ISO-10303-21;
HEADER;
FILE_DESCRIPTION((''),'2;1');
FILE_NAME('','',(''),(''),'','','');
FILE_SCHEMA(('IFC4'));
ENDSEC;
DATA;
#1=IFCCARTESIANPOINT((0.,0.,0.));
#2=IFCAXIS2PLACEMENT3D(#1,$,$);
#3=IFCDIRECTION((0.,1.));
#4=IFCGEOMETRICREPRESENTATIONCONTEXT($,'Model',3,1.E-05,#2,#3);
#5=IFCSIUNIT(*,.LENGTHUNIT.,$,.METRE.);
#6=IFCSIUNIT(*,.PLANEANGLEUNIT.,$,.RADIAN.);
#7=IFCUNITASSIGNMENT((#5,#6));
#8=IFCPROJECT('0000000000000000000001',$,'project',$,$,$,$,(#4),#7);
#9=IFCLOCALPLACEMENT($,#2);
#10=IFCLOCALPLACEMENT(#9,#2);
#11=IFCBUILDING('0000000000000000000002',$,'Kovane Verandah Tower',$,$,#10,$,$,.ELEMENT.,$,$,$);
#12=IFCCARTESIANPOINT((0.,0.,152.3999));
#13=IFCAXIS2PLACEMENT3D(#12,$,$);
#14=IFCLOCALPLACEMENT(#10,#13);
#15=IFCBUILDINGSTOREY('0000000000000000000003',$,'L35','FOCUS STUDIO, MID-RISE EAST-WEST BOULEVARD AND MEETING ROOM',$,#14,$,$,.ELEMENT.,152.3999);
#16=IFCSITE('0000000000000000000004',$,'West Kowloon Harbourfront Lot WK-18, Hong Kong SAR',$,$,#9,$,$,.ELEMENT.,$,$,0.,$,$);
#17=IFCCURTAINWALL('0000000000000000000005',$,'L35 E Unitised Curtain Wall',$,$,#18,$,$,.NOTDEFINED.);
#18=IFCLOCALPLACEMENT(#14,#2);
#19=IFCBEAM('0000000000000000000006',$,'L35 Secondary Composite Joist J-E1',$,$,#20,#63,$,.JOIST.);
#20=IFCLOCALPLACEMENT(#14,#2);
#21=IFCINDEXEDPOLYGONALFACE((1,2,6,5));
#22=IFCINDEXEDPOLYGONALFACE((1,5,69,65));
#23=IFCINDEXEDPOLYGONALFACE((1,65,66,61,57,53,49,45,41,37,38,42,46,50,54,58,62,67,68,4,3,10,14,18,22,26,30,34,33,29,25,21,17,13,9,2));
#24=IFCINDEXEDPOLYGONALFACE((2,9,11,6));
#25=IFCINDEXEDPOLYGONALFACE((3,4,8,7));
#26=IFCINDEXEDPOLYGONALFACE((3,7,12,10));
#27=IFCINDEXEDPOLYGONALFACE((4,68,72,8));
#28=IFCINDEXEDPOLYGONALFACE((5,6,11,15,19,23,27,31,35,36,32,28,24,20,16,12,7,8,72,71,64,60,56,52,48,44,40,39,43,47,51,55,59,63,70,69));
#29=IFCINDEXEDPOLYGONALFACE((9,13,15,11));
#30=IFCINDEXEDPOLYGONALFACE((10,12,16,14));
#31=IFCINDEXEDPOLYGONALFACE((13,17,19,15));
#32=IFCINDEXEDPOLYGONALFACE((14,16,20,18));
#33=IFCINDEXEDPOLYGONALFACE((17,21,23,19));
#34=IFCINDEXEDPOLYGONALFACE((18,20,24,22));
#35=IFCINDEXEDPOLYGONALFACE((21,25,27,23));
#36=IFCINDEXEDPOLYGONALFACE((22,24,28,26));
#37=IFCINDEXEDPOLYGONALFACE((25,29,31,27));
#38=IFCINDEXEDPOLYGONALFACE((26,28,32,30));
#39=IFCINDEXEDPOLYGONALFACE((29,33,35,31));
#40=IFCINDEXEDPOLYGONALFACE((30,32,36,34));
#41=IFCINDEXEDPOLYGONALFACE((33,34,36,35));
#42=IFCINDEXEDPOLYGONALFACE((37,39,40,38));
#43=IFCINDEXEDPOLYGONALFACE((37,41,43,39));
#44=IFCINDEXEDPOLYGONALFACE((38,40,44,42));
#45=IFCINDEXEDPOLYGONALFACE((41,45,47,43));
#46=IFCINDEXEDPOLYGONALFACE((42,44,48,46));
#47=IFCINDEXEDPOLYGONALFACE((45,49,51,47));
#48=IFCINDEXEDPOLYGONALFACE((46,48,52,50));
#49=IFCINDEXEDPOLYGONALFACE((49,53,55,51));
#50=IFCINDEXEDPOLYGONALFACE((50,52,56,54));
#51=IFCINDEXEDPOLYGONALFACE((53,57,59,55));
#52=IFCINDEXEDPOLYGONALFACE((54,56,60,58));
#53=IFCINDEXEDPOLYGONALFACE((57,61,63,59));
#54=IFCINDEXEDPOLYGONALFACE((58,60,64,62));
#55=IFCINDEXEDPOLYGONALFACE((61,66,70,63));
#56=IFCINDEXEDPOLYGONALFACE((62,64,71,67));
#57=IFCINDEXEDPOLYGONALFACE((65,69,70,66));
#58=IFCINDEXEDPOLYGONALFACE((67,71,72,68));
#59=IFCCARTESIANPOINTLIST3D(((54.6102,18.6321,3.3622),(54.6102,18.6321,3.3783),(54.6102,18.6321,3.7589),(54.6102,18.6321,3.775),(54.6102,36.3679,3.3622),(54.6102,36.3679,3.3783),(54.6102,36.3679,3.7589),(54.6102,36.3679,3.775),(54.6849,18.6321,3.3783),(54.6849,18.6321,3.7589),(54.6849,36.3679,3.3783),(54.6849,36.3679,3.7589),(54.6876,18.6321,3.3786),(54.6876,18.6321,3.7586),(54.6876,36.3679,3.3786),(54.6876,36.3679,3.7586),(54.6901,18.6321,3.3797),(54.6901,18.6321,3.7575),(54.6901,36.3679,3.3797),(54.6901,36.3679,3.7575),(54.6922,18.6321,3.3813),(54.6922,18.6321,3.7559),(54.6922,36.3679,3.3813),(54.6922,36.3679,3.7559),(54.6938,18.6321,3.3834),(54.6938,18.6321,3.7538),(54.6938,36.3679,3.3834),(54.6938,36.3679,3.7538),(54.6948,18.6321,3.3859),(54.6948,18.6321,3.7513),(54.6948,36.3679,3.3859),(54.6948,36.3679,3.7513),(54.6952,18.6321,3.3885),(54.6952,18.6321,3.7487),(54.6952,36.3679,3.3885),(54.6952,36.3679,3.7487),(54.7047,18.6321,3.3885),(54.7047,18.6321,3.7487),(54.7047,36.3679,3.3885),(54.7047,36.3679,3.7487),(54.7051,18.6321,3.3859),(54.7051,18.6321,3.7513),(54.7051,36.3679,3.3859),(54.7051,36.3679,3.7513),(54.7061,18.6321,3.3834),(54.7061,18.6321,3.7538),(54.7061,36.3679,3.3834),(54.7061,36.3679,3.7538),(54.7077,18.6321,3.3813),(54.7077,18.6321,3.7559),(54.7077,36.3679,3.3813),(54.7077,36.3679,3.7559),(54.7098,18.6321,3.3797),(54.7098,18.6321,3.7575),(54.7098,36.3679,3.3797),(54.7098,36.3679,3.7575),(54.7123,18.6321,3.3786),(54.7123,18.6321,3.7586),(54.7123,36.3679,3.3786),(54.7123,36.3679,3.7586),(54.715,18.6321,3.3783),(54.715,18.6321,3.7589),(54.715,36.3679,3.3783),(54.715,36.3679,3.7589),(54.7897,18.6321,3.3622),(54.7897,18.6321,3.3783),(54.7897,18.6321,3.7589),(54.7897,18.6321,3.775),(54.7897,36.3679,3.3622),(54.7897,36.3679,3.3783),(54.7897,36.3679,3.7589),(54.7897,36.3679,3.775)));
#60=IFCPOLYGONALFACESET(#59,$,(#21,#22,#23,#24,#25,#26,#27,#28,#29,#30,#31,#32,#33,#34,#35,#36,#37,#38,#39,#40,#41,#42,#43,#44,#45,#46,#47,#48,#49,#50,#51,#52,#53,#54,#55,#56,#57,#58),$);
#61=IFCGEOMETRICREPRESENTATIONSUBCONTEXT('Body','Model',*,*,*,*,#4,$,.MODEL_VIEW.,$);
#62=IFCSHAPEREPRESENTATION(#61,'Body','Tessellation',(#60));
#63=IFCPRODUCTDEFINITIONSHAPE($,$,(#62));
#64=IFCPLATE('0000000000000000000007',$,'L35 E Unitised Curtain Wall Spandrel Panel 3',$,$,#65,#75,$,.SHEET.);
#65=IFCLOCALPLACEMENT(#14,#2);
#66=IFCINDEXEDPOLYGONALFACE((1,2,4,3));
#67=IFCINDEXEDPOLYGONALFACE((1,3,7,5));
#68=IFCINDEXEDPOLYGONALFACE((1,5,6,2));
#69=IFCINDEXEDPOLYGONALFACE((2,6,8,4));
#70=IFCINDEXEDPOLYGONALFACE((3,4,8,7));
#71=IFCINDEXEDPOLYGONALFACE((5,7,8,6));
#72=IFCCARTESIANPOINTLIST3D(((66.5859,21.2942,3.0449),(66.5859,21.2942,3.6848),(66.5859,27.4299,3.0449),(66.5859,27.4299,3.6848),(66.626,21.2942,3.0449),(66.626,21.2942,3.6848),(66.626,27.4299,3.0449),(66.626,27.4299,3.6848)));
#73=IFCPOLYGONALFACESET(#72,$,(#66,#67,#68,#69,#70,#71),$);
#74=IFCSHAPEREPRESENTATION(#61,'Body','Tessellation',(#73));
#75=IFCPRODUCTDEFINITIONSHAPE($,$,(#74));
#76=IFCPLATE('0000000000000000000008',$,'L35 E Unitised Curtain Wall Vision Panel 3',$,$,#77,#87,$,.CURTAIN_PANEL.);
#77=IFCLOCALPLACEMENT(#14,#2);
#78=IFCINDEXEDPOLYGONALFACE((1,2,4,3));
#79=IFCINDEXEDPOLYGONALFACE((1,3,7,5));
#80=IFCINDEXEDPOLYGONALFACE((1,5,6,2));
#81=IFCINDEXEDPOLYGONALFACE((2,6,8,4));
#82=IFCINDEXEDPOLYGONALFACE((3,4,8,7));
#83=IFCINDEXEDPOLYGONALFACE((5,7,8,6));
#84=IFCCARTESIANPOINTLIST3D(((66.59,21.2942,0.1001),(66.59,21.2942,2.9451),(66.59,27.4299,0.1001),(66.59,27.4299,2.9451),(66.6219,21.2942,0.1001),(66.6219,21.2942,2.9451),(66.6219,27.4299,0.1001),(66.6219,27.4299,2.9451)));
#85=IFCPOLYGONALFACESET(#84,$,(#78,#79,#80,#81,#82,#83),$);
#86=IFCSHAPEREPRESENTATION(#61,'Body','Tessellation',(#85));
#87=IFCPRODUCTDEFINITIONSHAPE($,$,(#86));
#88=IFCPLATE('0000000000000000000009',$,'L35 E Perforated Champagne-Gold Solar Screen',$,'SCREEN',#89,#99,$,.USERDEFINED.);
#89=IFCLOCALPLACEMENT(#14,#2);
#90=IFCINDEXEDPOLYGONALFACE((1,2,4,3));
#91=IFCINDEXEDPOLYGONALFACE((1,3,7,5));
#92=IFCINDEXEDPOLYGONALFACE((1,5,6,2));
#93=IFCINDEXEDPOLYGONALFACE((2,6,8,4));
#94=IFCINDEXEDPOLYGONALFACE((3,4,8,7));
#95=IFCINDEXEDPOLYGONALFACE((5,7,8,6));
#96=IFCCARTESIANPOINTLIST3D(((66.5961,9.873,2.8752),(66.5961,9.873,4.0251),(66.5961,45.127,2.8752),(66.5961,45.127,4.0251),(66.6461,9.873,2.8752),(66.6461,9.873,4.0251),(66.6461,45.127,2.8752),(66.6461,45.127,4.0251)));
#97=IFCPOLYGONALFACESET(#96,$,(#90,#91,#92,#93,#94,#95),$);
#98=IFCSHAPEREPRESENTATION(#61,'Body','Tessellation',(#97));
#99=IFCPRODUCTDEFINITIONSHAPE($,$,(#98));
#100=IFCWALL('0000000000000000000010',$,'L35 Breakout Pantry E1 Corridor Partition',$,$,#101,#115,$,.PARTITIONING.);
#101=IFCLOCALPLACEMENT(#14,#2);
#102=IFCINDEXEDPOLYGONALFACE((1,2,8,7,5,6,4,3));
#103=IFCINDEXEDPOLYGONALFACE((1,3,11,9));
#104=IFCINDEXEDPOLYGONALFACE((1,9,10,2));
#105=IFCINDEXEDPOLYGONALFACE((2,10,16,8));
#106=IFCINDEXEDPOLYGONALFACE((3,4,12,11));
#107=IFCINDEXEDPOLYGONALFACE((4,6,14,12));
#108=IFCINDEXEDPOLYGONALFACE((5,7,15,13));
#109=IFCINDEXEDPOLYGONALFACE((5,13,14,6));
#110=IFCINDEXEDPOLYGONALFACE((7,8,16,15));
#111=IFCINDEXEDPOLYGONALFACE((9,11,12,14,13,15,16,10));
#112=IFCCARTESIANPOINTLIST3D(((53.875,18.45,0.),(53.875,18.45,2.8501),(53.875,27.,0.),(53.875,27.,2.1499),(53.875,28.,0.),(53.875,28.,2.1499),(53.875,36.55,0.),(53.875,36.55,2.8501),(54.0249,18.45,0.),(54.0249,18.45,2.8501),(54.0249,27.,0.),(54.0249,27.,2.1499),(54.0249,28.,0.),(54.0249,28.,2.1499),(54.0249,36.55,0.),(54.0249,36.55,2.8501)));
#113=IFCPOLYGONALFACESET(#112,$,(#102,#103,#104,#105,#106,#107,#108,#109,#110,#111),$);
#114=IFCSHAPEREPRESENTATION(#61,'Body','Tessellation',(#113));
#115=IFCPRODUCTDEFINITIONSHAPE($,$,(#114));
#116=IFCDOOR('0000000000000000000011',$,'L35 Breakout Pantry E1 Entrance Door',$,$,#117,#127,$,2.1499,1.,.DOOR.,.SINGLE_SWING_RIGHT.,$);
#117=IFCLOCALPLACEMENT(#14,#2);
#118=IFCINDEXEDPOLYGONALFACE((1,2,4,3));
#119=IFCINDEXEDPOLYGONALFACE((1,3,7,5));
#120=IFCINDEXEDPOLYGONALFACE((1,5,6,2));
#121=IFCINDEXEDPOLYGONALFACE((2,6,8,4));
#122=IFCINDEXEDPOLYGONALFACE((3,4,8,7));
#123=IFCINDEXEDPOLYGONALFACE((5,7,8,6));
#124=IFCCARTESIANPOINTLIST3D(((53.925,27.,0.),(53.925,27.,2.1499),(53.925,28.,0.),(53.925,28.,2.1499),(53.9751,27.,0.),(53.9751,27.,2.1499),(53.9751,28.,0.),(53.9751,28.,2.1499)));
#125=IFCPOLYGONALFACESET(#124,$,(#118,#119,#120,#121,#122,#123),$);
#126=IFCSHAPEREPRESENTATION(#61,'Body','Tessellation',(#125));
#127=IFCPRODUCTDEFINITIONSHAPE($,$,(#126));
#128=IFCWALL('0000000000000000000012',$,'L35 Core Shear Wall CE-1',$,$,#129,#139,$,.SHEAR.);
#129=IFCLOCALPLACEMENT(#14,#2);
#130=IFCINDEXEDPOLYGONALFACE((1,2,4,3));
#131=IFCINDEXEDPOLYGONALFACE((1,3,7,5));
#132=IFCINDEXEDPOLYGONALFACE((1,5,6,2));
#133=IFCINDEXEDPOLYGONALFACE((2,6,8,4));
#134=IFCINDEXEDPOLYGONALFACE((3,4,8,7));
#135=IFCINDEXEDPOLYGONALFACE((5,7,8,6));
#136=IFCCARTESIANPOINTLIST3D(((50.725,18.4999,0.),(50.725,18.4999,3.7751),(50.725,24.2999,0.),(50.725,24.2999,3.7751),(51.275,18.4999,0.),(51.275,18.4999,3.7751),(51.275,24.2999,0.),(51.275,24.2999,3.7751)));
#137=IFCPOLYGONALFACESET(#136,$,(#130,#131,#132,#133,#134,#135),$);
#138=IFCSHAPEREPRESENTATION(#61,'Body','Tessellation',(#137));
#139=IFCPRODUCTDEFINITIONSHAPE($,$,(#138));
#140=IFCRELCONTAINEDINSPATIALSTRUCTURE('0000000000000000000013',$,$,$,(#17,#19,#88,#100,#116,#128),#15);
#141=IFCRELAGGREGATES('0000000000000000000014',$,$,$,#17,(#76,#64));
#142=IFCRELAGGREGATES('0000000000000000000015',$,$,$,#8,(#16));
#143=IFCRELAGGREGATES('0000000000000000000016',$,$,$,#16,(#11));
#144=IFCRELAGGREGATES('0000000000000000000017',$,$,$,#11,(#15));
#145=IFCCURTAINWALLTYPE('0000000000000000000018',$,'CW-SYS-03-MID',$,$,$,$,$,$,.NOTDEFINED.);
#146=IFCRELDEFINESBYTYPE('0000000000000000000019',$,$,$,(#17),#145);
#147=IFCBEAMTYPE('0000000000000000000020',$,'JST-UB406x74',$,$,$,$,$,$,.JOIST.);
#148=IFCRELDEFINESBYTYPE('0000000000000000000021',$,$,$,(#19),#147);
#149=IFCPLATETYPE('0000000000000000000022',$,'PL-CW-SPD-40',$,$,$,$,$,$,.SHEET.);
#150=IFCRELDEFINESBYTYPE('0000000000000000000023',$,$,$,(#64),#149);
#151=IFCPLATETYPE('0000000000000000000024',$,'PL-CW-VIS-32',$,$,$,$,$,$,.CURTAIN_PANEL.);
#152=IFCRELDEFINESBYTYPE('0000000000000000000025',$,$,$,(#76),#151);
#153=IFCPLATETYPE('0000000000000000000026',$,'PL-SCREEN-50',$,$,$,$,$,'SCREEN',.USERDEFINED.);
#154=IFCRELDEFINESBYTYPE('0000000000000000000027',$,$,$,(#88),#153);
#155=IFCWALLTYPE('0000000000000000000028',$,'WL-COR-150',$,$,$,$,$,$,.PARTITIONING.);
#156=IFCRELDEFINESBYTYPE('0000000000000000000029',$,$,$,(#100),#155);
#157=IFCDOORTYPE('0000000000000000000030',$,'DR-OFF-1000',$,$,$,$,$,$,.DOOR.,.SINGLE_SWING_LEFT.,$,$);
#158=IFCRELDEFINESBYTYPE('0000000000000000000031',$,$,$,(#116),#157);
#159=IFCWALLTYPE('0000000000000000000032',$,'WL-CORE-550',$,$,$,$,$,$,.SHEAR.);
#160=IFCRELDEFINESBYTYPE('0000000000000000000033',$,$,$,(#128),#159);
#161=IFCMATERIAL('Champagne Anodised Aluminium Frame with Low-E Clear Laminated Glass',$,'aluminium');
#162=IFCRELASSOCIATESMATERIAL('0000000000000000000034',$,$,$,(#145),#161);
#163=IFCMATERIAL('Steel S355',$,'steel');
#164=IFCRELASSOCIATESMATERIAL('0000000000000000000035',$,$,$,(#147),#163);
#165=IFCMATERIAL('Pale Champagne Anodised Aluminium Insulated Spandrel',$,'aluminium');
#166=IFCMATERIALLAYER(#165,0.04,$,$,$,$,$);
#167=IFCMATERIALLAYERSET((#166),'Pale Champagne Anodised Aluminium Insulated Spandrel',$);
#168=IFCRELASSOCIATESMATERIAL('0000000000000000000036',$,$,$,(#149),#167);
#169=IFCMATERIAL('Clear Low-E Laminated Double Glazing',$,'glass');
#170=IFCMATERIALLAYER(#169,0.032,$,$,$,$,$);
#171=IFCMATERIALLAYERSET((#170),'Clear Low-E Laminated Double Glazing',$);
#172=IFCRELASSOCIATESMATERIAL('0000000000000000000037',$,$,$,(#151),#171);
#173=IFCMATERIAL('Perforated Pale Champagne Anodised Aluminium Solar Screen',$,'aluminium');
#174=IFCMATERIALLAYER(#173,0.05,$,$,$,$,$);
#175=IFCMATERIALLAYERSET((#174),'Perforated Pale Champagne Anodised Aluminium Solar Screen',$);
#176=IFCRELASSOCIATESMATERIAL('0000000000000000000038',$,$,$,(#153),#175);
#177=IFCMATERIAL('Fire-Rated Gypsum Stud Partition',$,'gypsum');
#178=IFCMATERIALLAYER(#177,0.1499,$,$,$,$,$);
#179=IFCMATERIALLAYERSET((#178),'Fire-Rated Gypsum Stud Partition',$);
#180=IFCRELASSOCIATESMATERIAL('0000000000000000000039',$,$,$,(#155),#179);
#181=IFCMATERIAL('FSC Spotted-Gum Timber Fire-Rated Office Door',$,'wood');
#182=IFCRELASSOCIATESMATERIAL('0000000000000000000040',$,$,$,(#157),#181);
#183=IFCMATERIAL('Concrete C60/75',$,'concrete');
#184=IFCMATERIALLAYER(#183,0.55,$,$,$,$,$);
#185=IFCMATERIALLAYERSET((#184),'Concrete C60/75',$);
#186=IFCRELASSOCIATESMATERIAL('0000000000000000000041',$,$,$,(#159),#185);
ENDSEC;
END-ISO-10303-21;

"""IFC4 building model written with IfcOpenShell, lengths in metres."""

from ifc_helpers import new_model, si_unit, direction, frame, frame_2d, origin, origin_2d, place, context, subcontext, project, spatial, rectangle, i_section, extrude, material, layer, layer_set, material_profile, profile_set, type_object, element, fill, aggregate, save


model = new_model("IFC4")

# Units and contexts
model_context = context("Model", 3, precision=1e-05, world=origin(), true_north=direction((0.0, 1.0)))
body_context = subcontext(model_context, "Body", "Model", "MODEL_VIEW")
ifc_project = project(units=[si_unit("LENGTHUNIT", "METRE"), si_unit("PLANEANGLEUNIT", "RADIAN")], contexts=[model_context])

# Site, building, storey
site_placement = place(None, origin())
site = spatial("IfcSite", under=ifc_project, at=site_placement, Name="West Kowloon Harbourfront Lot WK-18, Hong Kong SAR", CompositionType="ELEMENT", RefElevation=0.0)
building_placement = place(site_placement, origin())
building = spatial("IfcBuilding", under=site, at=building_placement, Name="Kovane Verandah Tower", CompositionType="ELEMENT")
storey_placement = place(building_placement, frame((0.0, 0.0, 152.3999)))
storey = spatial("IfcBuildingStorey", under=building, at=storey_placement, Name="L35", Description="FOCUS STUDIO, MID-RISE EAST-WEST BOULEVARD AND MEETING ROOM", CompositionType="ELEMENT", Elevation=152.3999)

# Shared definitions
ifc_material_1 = material(Name="Concrete C60/75", Category="concrete")
ifc_material_2 = material(Name="Steel S355", Category="steel")

# Curtain wall
ifc_material_3 = material(Name="Champagne Anodised Aluminium Frame with Low-E Clear Laminated Glass", Category="aluminium")
curtain_wall_type = type_object("IfcCurtainWallType", Name="CW-SYS-03-MID", PredefinedType="NOTDEFINED", material=ifc_material_3)
curtain_wall_placement = place(storey_placement, origin())
curtain_wall = element("IfcCurtainWall", 1, at=curtain_wall_placement, inside=storey, type_object=curtain_wall_type, Name="L35 E Unitised Curtain Wall", PredefinedType="NOTDEFINED")

# Beam
ifc_material_profile_1 = material_profile(ifc_material_2, i_section(OverallWidth=0.1794, OverallDepth=0.4128, WebThickness=0.0095, FlangeThickness=0.0161, FilletRadius=0.0103, at=origin_2d()), Name="UB406x178x74")
ifc_profile_set_1 = profile_set([ifc_material_profile_1], Name="Steel S355")
beam_type_1 = type_object("IfcBeamType", Name="JST-UB406x74", PredefinedType="JOIST", material=ifc_profile_set_1)
beam_1_placement = place(storey_placement, frame((54.7, 18.6321, 3.5686), z_axis=(0.0, 1.0, 0.0), x_axis=(-1.0, 0.0, 0.0)))
element("IfcBeam", 2, at=beam_1_placement, inside=storey, type_object=beam_type_1, Name="L35 Secondary Composite Joist J-E1", PredefinedType="JOIST", context=body_context, shape_type="SweptSolid", body=[
    extrude(i_section(OverallWidth=0.1794, OverallDepth=0.4128, WebThickness=0.0095, FlangeThickness=0.0161, FilletRadius=0.0103, at=origin_2d()), origin(), (0.0, 0.0, 1.0), 17.7358),
])

# Plates
ifc_material_4 = material(Name="Pale Champagne Anodised Aluminium Insulated Spandrel", Category="aluminium")
ifc_layer_1 = layer(ifc_material_4, 0.04)
ifc_layer_set_1 = layer_set([ifc_layer_1], Name="Pale Champagne Anodised Aluminium Insulated Spandrel")
plate_type_1 = type_object("IfcPlateType", Name="PL-CW-SPD-40", PredefinedType="SHEET", material=ifc_layer_set_1)
plate_1_placement = place(storey_placement, frame((66.606, 24.3621, 3.0449), z_axis=(0.0, 0.0, 1.0), x_axis=(0.0, 1.0, 0.0)))
plate_1 = element("IfcPlate", 3, at=plate_1_placement, type_object=plate_type_1, Name="L35 E Unitised Curtain Wall Spandrel Panel 3", PredefinedType="SHEET", context=body_context, shape_type="SweptSolid", body=[
    extrude(rectangle(XDim=6.1357, YDim=0.04, at=origin_2d()), origin(), (0.0, 0.0, 1.0), 0.6399),
])
ifc_material_5 = material(Name="Clear Low-E Laminated Double Glazing", Category="glass")
ifc_layer_2 = layer(ifc_material_5, 0.032)
ifc_layer_set_2 = layer_set([ifc_layer_2], Name="Clear Low-E Laminated Double Glazing")
plate_type_2 = type_object("IfcPlateType", Name="PL-CW-VIS-32", PredefinedType="CURTAIN_PANEL", material=ifc_layer_set_2)
plate_2_placement = place(storey_placement, frame((66.606, 24.3621, 0.1001), z_axis=(0.0, 0.0, 1.0), x_axis=(0.0, 1.0, 0.0)))
plate_2 = element("IfcPlate", 4, at=plate_2_placement, type_object=plate_type_2, Name="L35 E Unitised Curtain Wall Vision Panel 3", PredefinedType="CURTAIN_PANEL", context=body_context, shape_type="SweptSolid", body=[
    extrude(rectangle(XDim=6.1357, YDim=0.032, at=origin_2d()), origin(), (0.0, 0.0, 1.0), 2.845),
])
aggregate(curtain_wall, [plate_2, plate_1])
ifc_material_6 = material(Name="Perforated Pale Champagne Anodised Aluminium Solar Screen", Category="aluminium")
ifc_layer_3 = layer(ifc_material_6, 0.05)
ifc_layer_set_3 = layer_set([ifc_layer_3], Name="Perforated Pale Champagne Anodised Aluminium Solar Screen")
plate_type_3 = type_object("IfcPlateType", Name="PL-SCREEN-50", ElementType="SCREEN", PredefinedType="USERDEFINED", material=ifc_layer_set_3)
plate_3_placement = place(storey_placement, frame((66.6211, 27.5, 2.8752), z_axis=(0.0, 0.0, 1.0), x_axis=(0.0, 1.0, 0.0)))
element("IfcPlate", 5, at=plate_3_placement, inside=storey, type_object=plate_type_3, Name="L35 E Perforated Champagne-Gold Solar Screen", ObjectType="SCREEN", PredefinedType="USERDEFINED", context=body_context, shape_type="SweptSolid", body=[
    extrude(rectangle(XDim=35.2539, YDim=0.05, at=origin_2d()), origin(), (0.0, 0.0, 1.0), 1.1499),
])

# Wall, opening, door
ifc_material_7 = material(Name="Fire-Rated Gypsum Stud Partition", Category="gypsum")
ifc_layer_4 = layer(ifc_material_7, 0.1499)
ifc_layer_set_4 = layer_set([ifc_layer_4], Name="Fire-Rated Gypsum Stud Partition")
wall_type_1 = type_object("IfcWallType", Name="WL-COR-150", PredefinedType="PARTITIONING", material=ifc_layer_set_4)
wall_1_placement = place(storey_placement, frame((53.95, 18.45, 0.0), z_axis=(0.0, 0.0, 1.0), x_axis=(0.0, 1.0, 0.0)))
wall_1 = element("IfcWall", 6, at=wall_1_placement, inside=storey, type_object=wall_type_1, Name="L35 Breakout Pantry E1 Corridor Partition", PredefinedType="PARTITIONING", context=body_context, shape_type="SweptSolid", body=[
    extrude(rectangle(XDim=18.1001, YDim=0.1499, at=frame_2d((9.05, 0.0))), origin(), (0.0, 0.0, 1.0), 2.8501),
])
opening_1_placement = place(wall_1_placement, frame((8.55, 0.0, 0.0)))
opening_1 = element("IfcOpeningElement", 7, at=opening_1_placement, cuts=wall_1, PredefinedType="OPENING", context=body_context, shape_type="SweptSolid", body=[
    extrude(rectangle(XDim=1.0, YDim=2.1499, at=frame_2d((0.5, 1.075))), frame((0.0, 0.075, 0.0), z_axis=(0.0, -1.0, 0.0), x_axis=(1.0, 0.0, 0.0)), (0.0, 0.0, 1.0), 0.1499),
])
ifc_material_8 = material(Name="FSC Spotted-Gum Timber Fire-Rated Office Door", Category="wood")
door_type_1 = type_object("IfcDoorType", Name="DR-OFF-1000", OperationType="SINGLE_SWING_LEFT", PredefinedType="DOOR", material=ifc_material_8)
door_1_placement = place(opening_1_placement, origin())
door_1 = element("IfcDoor", 8, at=door_1_placement, inside=storey, type_object=door_type_1, Name="L35 Breakout Pantry E1 Entrance Door", OperationType="SINGLE_SWING_RIGHT", OverallHeight=2.1499, OverallWidth=1.0, PredefinedType="DOOR", context=body_context, shape_type="SweptSolid", body=[
    extrude(rectangle(XDim=1.0, YDim=2.1499, at=frame_2d((0.5, 1.075))), frame((0.0, 0.0249, 0.0), z_axis=(0.0, -1.0, 0.0), x_axis=(1.0, 0.0, 0.0)), (0.0, 0.0, 1.0), 0.05),
])
fill(opening_1, door_1)

# Wall
ifc_layer_5 = layer(ifc_material_1, 0.55)
ifc_layer_set_5 = layer_set([ifc_layer_5], Name="Concrete C60/75")
wall_type_2 = type_object("IfcWallType", Name="WL-CORE-550", PredefinedType="SHEAR", material=ifc_layer_set_5)
wall_2_placement = place(storey_placement, frame((51.0, 18.5, 0.0), z_axis=(0.0, 0.0, 1.0), x_axis=(0.0, 1.0, 0.0)))
element("IfcWall", 9, at=wall_2_placement, inside=storey, type_object=wall_type_2, Name="L35 Core Shear Wall CE-1", PredefinedType="SHEAR", context=body_context, shape_type="SweptSolid", body=[
    extrude(rectangle(XDim=5.8, YDim=0.55, at=frame_2d((2.8999, 0.0))), origin(), (0.0, 0.0, 1.0), 3.7751),
])

save(model, "model.ifc")
